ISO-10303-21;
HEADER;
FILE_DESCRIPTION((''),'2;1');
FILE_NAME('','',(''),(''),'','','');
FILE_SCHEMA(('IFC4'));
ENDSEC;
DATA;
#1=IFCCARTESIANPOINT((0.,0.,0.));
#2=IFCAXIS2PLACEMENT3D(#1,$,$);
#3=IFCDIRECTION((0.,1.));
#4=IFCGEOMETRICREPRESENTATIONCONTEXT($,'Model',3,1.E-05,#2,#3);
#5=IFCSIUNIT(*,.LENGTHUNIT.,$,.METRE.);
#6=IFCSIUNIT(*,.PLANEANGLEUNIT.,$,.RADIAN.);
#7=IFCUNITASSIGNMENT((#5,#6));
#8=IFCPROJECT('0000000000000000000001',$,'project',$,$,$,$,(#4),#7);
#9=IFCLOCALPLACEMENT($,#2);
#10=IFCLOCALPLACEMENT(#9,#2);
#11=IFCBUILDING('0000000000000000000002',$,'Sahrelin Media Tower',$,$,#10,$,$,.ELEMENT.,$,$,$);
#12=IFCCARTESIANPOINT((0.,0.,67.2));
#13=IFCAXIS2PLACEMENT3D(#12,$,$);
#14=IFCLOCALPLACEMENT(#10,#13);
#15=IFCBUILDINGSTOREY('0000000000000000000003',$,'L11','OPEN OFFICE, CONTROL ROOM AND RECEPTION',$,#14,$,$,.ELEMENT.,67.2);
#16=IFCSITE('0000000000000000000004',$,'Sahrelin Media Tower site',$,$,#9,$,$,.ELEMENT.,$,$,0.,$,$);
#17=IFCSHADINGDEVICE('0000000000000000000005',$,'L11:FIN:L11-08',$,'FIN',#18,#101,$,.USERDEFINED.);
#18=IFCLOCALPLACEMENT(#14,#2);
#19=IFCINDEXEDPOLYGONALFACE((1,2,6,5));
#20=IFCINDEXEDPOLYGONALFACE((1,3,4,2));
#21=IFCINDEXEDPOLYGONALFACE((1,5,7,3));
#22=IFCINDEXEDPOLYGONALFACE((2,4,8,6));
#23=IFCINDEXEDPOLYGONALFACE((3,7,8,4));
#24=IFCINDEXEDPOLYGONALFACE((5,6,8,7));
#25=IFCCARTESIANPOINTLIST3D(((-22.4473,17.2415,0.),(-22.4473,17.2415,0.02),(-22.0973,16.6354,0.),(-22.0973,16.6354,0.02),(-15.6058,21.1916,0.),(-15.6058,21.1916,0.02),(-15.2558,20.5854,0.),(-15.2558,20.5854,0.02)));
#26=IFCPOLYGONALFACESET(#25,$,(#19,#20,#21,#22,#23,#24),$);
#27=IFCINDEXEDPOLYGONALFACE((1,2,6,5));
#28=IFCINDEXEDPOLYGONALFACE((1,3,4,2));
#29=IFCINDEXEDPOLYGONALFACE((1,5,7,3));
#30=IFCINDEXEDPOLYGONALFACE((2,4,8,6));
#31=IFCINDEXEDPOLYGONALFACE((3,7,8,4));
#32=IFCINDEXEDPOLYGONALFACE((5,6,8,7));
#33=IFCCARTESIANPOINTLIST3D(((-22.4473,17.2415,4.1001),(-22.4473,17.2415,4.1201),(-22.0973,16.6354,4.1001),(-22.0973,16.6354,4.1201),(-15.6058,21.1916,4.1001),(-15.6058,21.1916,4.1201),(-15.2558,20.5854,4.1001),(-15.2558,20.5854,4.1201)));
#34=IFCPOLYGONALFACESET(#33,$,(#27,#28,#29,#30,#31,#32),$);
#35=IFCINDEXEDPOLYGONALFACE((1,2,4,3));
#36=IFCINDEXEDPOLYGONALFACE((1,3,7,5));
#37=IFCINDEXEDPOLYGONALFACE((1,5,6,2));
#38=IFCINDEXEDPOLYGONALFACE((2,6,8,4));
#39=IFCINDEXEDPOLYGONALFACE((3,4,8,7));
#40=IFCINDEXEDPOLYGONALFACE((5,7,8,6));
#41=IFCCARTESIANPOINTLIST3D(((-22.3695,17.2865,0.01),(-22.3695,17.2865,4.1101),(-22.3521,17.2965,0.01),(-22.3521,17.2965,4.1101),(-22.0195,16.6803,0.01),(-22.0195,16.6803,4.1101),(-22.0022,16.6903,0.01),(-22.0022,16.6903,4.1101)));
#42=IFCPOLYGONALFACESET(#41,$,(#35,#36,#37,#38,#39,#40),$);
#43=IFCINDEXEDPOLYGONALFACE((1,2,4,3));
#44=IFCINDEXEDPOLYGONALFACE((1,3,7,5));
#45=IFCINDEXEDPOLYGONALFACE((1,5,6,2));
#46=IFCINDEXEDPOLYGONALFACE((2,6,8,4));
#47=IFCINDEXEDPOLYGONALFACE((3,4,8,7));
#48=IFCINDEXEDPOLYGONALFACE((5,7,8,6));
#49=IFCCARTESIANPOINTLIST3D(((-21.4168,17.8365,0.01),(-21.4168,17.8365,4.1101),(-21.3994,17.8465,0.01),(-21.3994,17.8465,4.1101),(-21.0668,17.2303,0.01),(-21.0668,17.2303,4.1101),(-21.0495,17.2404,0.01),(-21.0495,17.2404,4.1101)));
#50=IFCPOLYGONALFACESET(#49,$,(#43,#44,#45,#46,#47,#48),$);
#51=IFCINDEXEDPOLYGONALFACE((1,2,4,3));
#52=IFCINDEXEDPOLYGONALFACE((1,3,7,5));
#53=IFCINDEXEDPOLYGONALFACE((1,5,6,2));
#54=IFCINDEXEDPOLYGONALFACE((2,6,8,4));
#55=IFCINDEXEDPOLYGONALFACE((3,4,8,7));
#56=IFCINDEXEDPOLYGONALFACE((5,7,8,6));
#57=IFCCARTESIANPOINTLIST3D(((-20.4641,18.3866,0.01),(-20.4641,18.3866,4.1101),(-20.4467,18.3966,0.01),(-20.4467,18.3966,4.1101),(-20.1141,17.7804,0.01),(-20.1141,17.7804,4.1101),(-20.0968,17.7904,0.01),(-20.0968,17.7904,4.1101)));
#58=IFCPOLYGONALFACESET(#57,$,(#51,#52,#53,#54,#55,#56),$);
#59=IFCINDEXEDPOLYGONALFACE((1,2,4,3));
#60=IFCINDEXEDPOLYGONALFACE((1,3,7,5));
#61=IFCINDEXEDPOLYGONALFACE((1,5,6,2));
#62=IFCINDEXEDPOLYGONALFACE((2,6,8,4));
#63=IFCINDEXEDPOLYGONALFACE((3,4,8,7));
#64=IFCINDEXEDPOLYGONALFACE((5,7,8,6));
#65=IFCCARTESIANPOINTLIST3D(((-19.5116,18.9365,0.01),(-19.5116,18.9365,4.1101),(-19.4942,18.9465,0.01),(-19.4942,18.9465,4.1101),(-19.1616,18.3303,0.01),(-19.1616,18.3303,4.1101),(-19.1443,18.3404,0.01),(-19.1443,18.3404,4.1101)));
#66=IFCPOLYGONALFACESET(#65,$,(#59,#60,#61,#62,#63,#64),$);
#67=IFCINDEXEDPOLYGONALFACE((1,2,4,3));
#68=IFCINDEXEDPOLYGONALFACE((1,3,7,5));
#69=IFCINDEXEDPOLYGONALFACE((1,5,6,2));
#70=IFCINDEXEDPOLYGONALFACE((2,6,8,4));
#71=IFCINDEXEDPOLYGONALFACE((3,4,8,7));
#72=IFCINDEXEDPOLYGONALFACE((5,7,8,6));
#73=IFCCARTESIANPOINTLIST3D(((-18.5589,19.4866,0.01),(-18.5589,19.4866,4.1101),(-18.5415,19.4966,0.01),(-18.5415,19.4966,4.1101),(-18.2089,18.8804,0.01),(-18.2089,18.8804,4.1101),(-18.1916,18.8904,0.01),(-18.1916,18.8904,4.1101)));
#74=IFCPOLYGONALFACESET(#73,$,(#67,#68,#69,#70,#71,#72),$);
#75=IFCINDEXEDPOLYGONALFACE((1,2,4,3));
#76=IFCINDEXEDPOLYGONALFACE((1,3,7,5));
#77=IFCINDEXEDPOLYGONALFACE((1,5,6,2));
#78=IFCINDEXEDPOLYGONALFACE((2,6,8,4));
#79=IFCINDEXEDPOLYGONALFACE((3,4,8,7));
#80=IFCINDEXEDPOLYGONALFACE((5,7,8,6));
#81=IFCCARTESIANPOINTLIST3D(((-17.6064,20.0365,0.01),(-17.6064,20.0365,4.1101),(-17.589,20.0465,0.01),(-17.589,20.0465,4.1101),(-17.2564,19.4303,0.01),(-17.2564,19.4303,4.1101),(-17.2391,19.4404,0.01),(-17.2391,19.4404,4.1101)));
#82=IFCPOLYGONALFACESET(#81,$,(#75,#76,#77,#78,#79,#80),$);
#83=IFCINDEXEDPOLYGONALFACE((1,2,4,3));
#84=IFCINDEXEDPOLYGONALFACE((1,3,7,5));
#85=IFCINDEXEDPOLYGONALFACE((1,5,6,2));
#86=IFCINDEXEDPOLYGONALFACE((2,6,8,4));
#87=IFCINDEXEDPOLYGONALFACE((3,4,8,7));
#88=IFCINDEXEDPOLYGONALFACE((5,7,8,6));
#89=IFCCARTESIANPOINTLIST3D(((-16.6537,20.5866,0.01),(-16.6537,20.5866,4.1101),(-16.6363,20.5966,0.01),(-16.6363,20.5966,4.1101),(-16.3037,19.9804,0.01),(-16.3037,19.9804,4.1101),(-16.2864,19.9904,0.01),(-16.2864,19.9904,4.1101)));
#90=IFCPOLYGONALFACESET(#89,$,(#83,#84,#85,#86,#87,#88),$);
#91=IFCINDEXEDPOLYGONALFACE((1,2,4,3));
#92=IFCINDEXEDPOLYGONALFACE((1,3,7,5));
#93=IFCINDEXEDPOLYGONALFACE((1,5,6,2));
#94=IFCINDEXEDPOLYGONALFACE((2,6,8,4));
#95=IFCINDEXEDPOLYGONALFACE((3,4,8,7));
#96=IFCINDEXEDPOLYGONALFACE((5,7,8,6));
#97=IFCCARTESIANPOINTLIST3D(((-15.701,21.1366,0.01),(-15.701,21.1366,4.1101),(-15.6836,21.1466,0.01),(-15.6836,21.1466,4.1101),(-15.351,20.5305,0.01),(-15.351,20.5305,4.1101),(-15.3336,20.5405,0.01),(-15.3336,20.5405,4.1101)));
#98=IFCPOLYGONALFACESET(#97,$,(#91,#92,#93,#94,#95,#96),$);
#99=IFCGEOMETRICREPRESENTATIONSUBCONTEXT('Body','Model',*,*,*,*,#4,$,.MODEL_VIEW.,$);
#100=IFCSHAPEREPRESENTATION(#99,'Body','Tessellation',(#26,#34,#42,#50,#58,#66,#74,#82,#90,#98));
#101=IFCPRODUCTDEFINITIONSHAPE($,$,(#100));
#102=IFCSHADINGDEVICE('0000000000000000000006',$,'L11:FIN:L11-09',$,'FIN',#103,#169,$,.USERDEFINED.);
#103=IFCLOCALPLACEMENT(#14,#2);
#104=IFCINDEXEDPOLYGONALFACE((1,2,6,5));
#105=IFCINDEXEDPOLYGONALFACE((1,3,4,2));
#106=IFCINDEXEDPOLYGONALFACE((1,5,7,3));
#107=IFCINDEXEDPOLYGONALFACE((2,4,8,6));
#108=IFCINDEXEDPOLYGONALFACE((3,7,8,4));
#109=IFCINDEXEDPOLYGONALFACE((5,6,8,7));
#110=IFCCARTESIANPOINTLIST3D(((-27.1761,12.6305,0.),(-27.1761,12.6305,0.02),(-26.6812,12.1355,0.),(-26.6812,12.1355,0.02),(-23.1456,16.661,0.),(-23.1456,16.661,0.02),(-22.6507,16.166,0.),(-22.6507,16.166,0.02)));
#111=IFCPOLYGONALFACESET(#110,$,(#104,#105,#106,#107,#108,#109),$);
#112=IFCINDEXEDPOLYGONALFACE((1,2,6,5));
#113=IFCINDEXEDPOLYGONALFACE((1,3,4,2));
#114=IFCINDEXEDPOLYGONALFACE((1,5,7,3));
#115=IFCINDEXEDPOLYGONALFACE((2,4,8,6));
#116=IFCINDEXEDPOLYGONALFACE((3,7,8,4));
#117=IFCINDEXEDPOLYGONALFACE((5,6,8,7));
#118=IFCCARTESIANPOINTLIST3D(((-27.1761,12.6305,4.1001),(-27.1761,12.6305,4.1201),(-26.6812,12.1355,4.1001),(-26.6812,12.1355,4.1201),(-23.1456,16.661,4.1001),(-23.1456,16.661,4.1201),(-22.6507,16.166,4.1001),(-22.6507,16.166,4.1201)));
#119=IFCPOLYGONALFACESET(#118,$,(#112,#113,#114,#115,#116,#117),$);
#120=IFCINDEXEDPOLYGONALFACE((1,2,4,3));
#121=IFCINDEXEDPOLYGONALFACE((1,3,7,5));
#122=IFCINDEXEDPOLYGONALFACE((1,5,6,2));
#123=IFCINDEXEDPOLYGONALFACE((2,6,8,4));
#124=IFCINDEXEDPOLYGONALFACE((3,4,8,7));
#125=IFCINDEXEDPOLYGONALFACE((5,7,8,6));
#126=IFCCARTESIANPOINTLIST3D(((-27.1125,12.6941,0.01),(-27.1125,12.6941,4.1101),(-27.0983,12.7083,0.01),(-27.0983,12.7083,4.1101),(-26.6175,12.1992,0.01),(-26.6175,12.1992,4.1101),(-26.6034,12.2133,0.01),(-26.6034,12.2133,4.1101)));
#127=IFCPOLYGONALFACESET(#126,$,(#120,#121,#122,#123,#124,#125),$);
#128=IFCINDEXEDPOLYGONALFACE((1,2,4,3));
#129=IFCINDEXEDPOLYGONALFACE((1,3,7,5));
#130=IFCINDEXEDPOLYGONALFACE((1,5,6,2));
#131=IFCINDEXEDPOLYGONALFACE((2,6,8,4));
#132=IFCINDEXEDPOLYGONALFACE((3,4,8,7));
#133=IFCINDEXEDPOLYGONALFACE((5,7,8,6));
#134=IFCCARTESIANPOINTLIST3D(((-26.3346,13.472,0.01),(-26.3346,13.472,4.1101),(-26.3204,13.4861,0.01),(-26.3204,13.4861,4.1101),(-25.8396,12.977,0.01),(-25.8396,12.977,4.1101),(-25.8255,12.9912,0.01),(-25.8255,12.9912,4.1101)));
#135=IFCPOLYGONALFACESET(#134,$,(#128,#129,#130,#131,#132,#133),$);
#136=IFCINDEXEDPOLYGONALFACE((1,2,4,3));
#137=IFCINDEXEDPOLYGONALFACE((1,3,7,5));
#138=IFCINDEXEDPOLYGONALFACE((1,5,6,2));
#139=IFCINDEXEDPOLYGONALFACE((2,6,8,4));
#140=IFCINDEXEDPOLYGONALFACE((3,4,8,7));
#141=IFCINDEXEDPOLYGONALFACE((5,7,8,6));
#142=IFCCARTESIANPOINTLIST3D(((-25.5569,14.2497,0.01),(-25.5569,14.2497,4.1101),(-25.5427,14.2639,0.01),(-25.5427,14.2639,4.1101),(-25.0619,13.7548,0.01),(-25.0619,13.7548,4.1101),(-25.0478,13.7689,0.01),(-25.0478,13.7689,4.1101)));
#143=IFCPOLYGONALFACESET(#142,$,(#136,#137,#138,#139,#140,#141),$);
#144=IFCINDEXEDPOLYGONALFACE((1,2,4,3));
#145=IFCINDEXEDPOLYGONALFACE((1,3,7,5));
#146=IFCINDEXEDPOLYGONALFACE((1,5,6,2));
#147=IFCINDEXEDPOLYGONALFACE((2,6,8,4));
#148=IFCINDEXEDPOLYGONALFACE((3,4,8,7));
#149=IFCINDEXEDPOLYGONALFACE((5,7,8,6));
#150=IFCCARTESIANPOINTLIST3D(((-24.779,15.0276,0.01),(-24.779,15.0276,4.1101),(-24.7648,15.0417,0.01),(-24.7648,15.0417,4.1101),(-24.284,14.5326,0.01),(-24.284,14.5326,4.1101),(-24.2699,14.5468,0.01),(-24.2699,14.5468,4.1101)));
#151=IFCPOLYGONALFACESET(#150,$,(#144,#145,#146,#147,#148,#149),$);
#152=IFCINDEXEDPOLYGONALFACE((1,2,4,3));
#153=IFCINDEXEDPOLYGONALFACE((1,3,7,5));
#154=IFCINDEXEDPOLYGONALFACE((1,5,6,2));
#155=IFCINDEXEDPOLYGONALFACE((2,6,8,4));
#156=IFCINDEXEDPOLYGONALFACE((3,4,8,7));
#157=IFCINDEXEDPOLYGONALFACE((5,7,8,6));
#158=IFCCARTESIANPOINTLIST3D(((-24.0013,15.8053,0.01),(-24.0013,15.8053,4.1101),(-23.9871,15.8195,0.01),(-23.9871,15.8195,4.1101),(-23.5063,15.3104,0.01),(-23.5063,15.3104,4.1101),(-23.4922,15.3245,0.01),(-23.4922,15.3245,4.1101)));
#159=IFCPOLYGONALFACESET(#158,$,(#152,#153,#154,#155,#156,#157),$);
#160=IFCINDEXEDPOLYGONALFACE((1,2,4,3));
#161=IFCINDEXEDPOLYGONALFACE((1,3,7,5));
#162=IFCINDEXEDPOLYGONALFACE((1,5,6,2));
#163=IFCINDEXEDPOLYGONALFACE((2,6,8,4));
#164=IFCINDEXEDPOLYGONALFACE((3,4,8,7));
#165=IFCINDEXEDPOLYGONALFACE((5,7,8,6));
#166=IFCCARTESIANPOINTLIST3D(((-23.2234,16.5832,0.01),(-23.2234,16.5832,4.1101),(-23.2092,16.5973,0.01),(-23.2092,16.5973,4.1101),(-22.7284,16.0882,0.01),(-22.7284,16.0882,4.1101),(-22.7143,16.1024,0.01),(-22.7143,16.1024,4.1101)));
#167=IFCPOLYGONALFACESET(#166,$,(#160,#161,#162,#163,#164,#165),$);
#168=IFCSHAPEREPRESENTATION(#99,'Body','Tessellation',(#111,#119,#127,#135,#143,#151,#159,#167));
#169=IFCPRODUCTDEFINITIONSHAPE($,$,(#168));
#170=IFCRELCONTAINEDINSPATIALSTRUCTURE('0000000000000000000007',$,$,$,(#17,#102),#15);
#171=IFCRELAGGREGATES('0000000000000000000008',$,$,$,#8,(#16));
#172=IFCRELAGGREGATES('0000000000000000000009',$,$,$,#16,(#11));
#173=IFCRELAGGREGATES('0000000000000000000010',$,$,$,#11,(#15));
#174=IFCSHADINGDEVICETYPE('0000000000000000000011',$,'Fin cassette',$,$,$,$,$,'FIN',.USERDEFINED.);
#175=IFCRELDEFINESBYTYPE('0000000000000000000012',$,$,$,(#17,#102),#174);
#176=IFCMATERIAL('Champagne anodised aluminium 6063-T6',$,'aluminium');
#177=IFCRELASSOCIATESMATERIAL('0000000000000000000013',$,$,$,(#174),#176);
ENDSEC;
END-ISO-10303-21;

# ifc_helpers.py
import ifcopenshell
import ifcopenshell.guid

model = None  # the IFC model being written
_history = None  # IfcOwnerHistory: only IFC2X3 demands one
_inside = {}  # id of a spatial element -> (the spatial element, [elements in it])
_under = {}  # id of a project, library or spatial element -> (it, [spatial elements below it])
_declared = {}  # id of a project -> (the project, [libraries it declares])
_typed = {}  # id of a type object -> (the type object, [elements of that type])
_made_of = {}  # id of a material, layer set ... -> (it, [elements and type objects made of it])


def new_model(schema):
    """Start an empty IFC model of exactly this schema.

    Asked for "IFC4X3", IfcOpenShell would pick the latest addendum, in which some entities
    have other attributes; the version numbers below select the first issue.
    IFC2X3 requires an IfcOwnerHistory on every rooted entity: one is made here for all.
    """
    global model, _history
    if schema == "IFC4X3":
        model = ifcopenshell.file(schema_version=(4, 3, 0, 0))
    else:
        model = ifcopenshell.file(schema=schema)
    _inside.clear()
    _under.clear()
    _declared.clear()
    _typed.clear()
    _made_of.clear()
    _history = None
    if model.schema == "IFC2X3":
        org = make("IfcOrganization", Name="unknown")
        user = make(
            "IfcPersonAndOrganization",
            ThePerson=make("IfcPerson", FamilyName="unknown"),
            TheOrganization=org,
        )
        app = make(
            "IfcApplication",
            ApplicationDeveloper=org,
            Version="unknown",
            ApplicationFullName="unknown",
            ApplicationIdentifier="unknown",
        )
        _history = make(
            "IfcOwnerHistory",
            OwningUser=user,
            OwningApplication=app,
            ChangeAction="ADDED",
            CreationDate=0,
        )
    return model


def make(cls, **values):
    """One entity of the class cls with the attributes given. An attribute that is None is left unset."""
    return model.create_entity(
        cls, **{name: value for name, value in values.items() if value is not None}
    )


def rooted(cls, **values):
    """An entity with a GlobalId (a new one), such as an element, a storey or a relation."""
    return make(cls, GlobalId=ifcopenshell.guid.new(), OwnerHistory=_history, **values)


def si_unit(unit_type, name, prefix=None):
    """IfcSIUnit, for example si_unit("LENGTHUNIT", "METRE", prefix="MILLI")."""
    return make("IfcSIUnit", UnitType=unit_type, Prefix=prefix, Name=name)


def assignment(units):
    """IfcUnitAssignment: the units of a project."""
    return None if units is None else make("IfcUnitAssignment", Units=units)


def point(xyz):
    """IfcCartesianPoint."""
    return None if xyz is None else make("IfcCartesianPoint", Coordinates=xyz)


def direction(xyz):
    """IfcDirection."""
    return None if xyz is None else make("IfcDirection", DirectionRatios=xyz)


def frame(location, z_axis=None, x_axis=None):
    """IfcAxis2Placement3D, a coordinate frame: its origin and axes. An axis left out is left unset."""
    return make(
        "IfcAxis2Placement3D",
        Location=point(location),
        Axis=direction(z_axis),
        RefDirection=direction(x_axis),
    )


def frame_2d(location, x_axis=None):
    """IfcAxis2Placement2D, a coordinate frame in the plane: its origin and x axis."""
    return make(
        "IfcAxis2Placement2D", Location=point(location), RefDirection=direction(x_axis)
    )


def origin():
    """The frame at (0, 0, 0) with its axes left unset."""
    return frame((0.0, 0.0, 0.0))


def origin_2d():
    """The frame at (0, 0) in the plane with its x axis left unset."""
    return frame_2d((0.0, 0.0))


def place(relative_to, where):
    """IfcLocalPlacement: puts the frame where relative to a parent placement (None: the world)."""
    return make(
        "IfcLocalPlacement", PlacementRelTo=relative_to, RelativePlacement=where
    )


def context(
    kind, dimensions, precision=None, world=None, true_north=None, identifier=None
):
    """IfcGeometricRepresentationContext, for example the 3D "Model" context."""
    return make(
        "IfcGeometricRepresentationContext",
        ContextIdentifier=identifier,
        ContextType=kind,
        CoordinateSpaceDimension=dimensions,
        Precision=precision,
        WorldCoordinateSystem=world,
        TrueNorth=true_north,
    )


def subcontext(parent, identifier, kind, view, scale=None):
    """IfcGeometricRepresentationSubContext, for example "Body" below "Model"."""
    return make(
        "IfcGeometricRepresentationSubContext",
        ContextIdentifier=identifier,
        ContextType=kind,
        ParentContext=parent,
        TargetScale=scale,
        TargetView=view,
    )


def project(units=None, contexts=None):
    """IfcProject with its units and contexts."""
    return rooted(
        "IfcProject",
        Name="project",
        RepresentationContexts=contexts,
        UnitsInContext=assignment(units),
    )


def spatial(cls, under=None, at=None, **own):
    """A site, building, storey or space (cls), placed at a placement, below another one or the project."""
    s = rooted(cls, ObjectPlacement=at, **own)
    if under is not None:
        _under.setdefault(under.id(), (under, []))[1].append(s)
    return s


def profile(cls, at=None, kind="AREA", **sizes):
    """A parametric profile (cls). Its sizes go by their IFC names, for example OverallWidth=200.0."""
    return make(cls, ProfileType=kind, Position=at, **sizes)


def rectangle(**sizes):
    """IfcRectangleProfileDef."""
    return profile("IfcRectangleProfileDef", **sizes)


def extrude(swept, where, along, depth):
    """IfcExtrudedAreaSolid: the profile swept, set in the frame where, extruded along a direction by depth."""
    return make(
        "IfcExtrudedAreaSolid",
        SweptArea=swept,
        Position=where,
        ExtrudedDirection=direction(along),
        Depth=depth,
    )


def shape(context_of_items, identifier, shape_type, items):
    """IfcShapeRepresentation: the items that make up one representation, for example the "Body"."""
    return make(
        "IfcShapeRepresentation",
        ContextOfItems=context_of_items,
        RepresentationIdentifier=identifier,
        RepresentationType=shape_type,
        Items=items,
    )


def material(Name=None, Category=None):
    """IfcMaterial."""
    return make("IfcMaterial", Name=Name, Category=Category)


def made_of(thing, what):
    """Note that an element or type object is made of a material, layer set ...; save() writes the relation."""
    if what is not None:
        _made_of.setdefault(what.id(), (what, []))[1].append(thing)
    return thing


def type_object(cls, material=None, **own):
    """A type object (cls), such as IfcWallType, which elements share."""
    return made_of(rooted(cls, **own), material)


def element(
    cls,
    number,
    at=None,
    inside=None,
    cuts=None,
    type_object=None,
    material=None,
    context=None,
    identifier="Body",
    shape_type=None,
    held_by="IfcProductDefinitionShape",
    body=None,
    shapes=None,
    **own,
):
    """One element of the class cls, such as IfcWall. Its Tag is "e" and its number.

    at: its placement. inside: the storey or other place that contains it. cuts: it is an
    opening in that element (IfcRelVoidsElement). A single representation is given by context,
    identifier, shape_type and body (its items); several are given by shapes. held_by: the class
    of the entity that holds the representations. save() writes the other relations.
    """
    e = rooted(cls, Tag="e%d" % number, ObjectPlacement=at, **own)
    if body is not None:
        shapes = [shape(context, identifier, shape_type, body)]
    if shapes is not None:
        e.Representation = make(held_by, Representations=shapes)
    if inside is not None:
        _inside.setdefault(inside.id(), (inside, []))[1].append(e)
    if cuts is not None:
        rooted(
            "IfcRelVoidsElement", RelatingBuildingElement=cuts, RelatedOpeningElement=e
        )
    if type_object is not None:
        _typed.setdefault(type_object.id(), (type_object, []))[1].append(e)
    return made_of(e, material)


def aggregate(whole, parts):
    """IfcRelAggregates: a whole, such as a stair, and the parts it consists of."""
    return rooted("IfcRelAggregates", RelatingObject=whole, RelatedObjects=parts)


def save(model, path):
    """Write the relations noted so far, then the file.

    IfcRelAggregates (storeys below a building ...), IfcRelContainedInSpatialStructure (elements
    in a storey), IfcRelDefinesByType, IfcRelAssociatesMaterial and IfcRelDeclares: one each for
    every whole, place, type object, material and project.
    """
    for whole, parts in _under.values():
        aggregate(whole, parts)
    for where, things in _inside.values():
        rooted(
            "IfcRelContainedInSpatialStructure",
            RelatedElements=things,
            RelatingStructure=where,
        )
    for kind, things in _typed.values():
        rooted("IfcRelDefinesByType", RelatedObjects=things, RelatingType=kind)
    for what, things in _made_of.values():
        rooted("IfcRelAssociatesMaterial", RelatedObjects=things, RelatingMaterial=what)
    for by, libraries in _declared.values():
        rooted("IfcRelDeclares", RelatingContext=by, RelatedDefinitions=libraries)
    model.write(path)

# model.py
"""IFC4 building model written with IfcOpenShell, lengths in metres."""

from ifc_helpers import new_model, si_unit, direction, frame, origin, origin_2d, place, context, subcontext, project, spatial, rectangle, extrude, material, type_object, element, save


model = new_model("IFC4")

# Units and contexts
model_context = context("Model", 3, precision=1e-05, world=origin(), true_north=direction((0.0, 1.0)))
body_context = subcontext(model_context, "Body", "Model", "MODEL_VIEW")
ifc_project = project(units=[si_unit("LENGTHUNIT", "METRE"), si_unit("PLANEANGLEUNIT", "RADIAN")], contexts=[model_context])

# Site, building, storey
site_placement = place(None, origin())
site = spatial("IfcSite", under=ifc_project, at=site_placement, Name="Sahrelin Media Tower site", CompositionType="ELEMENT", RefElevation=0.0)
building_placement = place(site_placement, origin())
building = spatial("IfcBuilding", under=site, at=building_placement, Name="Sahrelin Media Tower", CompositionType="ELEMENT")
storey_placement = place(building_placement, frame((0.0, 0.0, 67.2)))
storey = spatial("IfcBuildingStorey", under=building, at=storey_placement, Name="L11", Description="OPEN OFFICE, CONTROL ROOM AND RECEPTION", CompositionType="ELEMENT", Elevation=67.2)

# Shared definitions
ifc_material_1 = material(Name="Champagne anodised aluminium 6063-T6", Category="aluminium")

# Shading devices
shading_device_type_1 = type_object("IfcShadingDeviceType", Name="Fin cassette", ElementType="FIN", PredefinedType="USERDEFINED", material=ifc_material_1)
placement_1 = place(storey_placement, frame((-18.6416, 18.5498, 0.0), z_axis=(0.0, 0.0, 1.0), x_axis=(0.866019, 0.500011, 0.0)))
element("IfcShadingDevice", 1, at=placement_1, inside=storey, type_object=shading_device_type_1, Name="L11:FIN:L11-08", ObjectType="FIN", PredefinedType="USERDEFINED", context=body_context, shape_type="SweptSolid", body=[
    extrude(rectangle(XDim=7.8999, YDim=0.7, at=origin_2d()), frame((0.0, 0.4199, 0.0)), (0.0, 0.0, 1.0), 0.02),
    extrude(rectangle(XDim=7.8999, YDim=0.7, at=origin_2d()), frame((0.0, 0.4199, 4.1001)), (0.0, 0.0, 1.0), 0.02),
    extrude(rectangle(XDim=0.02, YDim=0.7, at=origin_2d()), frame((-3.8501, 0.4199, 0.01), z_axis=(0.0, 0.0, 1.0), x_axis=(1.0, 0.0, 0.0)), (0.0, 0.0, 1.0), 4.1001),
    extrude(rectangle(XDim=0.02, YDim=0.7, at=origin_2d()), frame((-2.75, 0.4199, 0.01), z_axis=(0.0, 0.0, 1.0), x_axis=(1.0, 0.0, 0.0)), (0.0, 0.0, 1.0), 4.1001),
    extrude(rectangle(XDim=0.02, YDim=0.7, at=origin_2d()), frame((-1.6499, 0.4199, 0.01), z_axis=(0.0, 0.0, 1.0), x_axis=(1.0, 0.0, 0.0)), (0.0, 0.0, 1.0), 4.1001),
    extrude(rectangle(XDim=0.02, YDim=0.7, at=origin_2d()), frame((-0.55, 0.4199, 0.01), z_axis=(0.0, 0.0, 1.0), x_axis=(1.0, 0.0, 0.0)), (0.0, 0.0, 1.0), 4.1001),
    extrude(rectangle(XDim=0.02, YDim=0.7, at=origin_2d()), frame((0.55, 0.4199, 0.01), z_axis=(0.0, 0.0, 1.0), x_axis=(1.0, 0.0, 0.0)), (0.0, 0.0, 1.0), 4.1001),
    extrude(rectangle(XDim=0.02, YDim=0.7, at=origin_2d()), frame((1.6499, 0.4199, 0.01), z_axis=(0.0, 0.0, 1.0), x_axis=(1.0, 0.0, 0.0)), (0.0, 0.0, 1.0), 4.1001),
    extrude(rectangle(XDim=0.02, YDim=0.7, at=origin_2d()), frame((2.75, 0.4199, 0.01), z_axis=(0.0, 0.0, 1.0), x_axis=(1.0, 0.0, 0.0)), (0.0, 0.0, 1.0), 4.1001),
    extrude(rectangle(XDim=0.02, YDim=0.7, at=origin_2d()), frame((3.8501, 0.4199, 0.01), z_axis=(0.0, 0.0, 1.0), x_axis=(1.0, 0.0, 0.0)), (0.0, 0.0, 1.0), 4.1001),
])
placement_2 = place(storey_placement, frame((-24.6165, 14.1013, 0.0), z_axis=(0.0, 0.0, 1.0), x_axis=(0.707107, 0.707107, 0.0)))
element("IfcShadingDevice", 2, at=placement_2, inside=storey, type_object=shading_device_type_1, Name="L11:FIN:L11-09", ObjectType="FIN", PredefinedType="USERDEFINED", context=body_context, shape_type="SweptSolid", body=[
    extrude(rectangle(XDim=5.7, YDim=0.7, at=origin_2d()), frame((0.0, 0.4199, 0.0)), (0.0, 0.0, 1.0), 0.02),
    extrude(rectangle(XDim=5.7, YDim=0.7, at=origin_2d()), frame((0.0, 0.4199, 4.1001)), (0.0, 0.0, 1.0), 0.02),
    extrude(rectangle(XDim=0.02, YDim=0.7, at=origin_2d()), frame((-2.75, 0.4199, 0.01), z_axis=(0.0, 0.0, 1.0), x_axis=(1.0, 0.0, 0.0)), (0.0, 0.0, 1.0), 4.1001),
    extrude(rectangle(XDim=0.02, YDim=0.7, at=origin_2d()), frame((-1.6499, 0.4199, 0.01), z_axis=(0.0, 0.0, 1.0), x_axis=(1.0, 0.0, 0.0)), (0.0, 0.0, 1.0), 4.1001),
    extrude(rectangle(XDim=0.02, YDim=0.7, at=origin_2d()), frame((-0.55, 0.4199, 0.01), z_axis=(0.0, 0.0, 1.0), x_axis=(1.0, 0.0, 0.0)), (0.0, 0.0, 1.0), 4.1001),
    extrude(rectangle(XDim=0.02, YDim=0.7, at=origin_2d()), frame((0.55, 0.4199, 0.01), z_axis=(0.0, 0.0, 1.0), x_axis=(1.0, 0.0, 0.0)), (0.0, 0.0, 1.0), 4.1001),
    extrude(rectangle(XDim=0.02, YDim=0.7, at=origin_2d()), frame((1.6499, 0.4199, 0.01), z_axis=(0.0, 0.0, 1.0), x_axis=(1.0, 0.0, 0.0)), (0.0, 0.0, 1.0), 4.1001),
    extrude(rectangle(XDim=0.02, YDim=0.7, at=origin_2d()), frame((2.75, 0.4199, 0.01), z_axis=(0.0, 0.0, 1.0), x_axis=(1.0, 0.0, 0.0)), (0.0, 0.0, 1.0), 4.1001),
])

save(model, "model.ifc")
